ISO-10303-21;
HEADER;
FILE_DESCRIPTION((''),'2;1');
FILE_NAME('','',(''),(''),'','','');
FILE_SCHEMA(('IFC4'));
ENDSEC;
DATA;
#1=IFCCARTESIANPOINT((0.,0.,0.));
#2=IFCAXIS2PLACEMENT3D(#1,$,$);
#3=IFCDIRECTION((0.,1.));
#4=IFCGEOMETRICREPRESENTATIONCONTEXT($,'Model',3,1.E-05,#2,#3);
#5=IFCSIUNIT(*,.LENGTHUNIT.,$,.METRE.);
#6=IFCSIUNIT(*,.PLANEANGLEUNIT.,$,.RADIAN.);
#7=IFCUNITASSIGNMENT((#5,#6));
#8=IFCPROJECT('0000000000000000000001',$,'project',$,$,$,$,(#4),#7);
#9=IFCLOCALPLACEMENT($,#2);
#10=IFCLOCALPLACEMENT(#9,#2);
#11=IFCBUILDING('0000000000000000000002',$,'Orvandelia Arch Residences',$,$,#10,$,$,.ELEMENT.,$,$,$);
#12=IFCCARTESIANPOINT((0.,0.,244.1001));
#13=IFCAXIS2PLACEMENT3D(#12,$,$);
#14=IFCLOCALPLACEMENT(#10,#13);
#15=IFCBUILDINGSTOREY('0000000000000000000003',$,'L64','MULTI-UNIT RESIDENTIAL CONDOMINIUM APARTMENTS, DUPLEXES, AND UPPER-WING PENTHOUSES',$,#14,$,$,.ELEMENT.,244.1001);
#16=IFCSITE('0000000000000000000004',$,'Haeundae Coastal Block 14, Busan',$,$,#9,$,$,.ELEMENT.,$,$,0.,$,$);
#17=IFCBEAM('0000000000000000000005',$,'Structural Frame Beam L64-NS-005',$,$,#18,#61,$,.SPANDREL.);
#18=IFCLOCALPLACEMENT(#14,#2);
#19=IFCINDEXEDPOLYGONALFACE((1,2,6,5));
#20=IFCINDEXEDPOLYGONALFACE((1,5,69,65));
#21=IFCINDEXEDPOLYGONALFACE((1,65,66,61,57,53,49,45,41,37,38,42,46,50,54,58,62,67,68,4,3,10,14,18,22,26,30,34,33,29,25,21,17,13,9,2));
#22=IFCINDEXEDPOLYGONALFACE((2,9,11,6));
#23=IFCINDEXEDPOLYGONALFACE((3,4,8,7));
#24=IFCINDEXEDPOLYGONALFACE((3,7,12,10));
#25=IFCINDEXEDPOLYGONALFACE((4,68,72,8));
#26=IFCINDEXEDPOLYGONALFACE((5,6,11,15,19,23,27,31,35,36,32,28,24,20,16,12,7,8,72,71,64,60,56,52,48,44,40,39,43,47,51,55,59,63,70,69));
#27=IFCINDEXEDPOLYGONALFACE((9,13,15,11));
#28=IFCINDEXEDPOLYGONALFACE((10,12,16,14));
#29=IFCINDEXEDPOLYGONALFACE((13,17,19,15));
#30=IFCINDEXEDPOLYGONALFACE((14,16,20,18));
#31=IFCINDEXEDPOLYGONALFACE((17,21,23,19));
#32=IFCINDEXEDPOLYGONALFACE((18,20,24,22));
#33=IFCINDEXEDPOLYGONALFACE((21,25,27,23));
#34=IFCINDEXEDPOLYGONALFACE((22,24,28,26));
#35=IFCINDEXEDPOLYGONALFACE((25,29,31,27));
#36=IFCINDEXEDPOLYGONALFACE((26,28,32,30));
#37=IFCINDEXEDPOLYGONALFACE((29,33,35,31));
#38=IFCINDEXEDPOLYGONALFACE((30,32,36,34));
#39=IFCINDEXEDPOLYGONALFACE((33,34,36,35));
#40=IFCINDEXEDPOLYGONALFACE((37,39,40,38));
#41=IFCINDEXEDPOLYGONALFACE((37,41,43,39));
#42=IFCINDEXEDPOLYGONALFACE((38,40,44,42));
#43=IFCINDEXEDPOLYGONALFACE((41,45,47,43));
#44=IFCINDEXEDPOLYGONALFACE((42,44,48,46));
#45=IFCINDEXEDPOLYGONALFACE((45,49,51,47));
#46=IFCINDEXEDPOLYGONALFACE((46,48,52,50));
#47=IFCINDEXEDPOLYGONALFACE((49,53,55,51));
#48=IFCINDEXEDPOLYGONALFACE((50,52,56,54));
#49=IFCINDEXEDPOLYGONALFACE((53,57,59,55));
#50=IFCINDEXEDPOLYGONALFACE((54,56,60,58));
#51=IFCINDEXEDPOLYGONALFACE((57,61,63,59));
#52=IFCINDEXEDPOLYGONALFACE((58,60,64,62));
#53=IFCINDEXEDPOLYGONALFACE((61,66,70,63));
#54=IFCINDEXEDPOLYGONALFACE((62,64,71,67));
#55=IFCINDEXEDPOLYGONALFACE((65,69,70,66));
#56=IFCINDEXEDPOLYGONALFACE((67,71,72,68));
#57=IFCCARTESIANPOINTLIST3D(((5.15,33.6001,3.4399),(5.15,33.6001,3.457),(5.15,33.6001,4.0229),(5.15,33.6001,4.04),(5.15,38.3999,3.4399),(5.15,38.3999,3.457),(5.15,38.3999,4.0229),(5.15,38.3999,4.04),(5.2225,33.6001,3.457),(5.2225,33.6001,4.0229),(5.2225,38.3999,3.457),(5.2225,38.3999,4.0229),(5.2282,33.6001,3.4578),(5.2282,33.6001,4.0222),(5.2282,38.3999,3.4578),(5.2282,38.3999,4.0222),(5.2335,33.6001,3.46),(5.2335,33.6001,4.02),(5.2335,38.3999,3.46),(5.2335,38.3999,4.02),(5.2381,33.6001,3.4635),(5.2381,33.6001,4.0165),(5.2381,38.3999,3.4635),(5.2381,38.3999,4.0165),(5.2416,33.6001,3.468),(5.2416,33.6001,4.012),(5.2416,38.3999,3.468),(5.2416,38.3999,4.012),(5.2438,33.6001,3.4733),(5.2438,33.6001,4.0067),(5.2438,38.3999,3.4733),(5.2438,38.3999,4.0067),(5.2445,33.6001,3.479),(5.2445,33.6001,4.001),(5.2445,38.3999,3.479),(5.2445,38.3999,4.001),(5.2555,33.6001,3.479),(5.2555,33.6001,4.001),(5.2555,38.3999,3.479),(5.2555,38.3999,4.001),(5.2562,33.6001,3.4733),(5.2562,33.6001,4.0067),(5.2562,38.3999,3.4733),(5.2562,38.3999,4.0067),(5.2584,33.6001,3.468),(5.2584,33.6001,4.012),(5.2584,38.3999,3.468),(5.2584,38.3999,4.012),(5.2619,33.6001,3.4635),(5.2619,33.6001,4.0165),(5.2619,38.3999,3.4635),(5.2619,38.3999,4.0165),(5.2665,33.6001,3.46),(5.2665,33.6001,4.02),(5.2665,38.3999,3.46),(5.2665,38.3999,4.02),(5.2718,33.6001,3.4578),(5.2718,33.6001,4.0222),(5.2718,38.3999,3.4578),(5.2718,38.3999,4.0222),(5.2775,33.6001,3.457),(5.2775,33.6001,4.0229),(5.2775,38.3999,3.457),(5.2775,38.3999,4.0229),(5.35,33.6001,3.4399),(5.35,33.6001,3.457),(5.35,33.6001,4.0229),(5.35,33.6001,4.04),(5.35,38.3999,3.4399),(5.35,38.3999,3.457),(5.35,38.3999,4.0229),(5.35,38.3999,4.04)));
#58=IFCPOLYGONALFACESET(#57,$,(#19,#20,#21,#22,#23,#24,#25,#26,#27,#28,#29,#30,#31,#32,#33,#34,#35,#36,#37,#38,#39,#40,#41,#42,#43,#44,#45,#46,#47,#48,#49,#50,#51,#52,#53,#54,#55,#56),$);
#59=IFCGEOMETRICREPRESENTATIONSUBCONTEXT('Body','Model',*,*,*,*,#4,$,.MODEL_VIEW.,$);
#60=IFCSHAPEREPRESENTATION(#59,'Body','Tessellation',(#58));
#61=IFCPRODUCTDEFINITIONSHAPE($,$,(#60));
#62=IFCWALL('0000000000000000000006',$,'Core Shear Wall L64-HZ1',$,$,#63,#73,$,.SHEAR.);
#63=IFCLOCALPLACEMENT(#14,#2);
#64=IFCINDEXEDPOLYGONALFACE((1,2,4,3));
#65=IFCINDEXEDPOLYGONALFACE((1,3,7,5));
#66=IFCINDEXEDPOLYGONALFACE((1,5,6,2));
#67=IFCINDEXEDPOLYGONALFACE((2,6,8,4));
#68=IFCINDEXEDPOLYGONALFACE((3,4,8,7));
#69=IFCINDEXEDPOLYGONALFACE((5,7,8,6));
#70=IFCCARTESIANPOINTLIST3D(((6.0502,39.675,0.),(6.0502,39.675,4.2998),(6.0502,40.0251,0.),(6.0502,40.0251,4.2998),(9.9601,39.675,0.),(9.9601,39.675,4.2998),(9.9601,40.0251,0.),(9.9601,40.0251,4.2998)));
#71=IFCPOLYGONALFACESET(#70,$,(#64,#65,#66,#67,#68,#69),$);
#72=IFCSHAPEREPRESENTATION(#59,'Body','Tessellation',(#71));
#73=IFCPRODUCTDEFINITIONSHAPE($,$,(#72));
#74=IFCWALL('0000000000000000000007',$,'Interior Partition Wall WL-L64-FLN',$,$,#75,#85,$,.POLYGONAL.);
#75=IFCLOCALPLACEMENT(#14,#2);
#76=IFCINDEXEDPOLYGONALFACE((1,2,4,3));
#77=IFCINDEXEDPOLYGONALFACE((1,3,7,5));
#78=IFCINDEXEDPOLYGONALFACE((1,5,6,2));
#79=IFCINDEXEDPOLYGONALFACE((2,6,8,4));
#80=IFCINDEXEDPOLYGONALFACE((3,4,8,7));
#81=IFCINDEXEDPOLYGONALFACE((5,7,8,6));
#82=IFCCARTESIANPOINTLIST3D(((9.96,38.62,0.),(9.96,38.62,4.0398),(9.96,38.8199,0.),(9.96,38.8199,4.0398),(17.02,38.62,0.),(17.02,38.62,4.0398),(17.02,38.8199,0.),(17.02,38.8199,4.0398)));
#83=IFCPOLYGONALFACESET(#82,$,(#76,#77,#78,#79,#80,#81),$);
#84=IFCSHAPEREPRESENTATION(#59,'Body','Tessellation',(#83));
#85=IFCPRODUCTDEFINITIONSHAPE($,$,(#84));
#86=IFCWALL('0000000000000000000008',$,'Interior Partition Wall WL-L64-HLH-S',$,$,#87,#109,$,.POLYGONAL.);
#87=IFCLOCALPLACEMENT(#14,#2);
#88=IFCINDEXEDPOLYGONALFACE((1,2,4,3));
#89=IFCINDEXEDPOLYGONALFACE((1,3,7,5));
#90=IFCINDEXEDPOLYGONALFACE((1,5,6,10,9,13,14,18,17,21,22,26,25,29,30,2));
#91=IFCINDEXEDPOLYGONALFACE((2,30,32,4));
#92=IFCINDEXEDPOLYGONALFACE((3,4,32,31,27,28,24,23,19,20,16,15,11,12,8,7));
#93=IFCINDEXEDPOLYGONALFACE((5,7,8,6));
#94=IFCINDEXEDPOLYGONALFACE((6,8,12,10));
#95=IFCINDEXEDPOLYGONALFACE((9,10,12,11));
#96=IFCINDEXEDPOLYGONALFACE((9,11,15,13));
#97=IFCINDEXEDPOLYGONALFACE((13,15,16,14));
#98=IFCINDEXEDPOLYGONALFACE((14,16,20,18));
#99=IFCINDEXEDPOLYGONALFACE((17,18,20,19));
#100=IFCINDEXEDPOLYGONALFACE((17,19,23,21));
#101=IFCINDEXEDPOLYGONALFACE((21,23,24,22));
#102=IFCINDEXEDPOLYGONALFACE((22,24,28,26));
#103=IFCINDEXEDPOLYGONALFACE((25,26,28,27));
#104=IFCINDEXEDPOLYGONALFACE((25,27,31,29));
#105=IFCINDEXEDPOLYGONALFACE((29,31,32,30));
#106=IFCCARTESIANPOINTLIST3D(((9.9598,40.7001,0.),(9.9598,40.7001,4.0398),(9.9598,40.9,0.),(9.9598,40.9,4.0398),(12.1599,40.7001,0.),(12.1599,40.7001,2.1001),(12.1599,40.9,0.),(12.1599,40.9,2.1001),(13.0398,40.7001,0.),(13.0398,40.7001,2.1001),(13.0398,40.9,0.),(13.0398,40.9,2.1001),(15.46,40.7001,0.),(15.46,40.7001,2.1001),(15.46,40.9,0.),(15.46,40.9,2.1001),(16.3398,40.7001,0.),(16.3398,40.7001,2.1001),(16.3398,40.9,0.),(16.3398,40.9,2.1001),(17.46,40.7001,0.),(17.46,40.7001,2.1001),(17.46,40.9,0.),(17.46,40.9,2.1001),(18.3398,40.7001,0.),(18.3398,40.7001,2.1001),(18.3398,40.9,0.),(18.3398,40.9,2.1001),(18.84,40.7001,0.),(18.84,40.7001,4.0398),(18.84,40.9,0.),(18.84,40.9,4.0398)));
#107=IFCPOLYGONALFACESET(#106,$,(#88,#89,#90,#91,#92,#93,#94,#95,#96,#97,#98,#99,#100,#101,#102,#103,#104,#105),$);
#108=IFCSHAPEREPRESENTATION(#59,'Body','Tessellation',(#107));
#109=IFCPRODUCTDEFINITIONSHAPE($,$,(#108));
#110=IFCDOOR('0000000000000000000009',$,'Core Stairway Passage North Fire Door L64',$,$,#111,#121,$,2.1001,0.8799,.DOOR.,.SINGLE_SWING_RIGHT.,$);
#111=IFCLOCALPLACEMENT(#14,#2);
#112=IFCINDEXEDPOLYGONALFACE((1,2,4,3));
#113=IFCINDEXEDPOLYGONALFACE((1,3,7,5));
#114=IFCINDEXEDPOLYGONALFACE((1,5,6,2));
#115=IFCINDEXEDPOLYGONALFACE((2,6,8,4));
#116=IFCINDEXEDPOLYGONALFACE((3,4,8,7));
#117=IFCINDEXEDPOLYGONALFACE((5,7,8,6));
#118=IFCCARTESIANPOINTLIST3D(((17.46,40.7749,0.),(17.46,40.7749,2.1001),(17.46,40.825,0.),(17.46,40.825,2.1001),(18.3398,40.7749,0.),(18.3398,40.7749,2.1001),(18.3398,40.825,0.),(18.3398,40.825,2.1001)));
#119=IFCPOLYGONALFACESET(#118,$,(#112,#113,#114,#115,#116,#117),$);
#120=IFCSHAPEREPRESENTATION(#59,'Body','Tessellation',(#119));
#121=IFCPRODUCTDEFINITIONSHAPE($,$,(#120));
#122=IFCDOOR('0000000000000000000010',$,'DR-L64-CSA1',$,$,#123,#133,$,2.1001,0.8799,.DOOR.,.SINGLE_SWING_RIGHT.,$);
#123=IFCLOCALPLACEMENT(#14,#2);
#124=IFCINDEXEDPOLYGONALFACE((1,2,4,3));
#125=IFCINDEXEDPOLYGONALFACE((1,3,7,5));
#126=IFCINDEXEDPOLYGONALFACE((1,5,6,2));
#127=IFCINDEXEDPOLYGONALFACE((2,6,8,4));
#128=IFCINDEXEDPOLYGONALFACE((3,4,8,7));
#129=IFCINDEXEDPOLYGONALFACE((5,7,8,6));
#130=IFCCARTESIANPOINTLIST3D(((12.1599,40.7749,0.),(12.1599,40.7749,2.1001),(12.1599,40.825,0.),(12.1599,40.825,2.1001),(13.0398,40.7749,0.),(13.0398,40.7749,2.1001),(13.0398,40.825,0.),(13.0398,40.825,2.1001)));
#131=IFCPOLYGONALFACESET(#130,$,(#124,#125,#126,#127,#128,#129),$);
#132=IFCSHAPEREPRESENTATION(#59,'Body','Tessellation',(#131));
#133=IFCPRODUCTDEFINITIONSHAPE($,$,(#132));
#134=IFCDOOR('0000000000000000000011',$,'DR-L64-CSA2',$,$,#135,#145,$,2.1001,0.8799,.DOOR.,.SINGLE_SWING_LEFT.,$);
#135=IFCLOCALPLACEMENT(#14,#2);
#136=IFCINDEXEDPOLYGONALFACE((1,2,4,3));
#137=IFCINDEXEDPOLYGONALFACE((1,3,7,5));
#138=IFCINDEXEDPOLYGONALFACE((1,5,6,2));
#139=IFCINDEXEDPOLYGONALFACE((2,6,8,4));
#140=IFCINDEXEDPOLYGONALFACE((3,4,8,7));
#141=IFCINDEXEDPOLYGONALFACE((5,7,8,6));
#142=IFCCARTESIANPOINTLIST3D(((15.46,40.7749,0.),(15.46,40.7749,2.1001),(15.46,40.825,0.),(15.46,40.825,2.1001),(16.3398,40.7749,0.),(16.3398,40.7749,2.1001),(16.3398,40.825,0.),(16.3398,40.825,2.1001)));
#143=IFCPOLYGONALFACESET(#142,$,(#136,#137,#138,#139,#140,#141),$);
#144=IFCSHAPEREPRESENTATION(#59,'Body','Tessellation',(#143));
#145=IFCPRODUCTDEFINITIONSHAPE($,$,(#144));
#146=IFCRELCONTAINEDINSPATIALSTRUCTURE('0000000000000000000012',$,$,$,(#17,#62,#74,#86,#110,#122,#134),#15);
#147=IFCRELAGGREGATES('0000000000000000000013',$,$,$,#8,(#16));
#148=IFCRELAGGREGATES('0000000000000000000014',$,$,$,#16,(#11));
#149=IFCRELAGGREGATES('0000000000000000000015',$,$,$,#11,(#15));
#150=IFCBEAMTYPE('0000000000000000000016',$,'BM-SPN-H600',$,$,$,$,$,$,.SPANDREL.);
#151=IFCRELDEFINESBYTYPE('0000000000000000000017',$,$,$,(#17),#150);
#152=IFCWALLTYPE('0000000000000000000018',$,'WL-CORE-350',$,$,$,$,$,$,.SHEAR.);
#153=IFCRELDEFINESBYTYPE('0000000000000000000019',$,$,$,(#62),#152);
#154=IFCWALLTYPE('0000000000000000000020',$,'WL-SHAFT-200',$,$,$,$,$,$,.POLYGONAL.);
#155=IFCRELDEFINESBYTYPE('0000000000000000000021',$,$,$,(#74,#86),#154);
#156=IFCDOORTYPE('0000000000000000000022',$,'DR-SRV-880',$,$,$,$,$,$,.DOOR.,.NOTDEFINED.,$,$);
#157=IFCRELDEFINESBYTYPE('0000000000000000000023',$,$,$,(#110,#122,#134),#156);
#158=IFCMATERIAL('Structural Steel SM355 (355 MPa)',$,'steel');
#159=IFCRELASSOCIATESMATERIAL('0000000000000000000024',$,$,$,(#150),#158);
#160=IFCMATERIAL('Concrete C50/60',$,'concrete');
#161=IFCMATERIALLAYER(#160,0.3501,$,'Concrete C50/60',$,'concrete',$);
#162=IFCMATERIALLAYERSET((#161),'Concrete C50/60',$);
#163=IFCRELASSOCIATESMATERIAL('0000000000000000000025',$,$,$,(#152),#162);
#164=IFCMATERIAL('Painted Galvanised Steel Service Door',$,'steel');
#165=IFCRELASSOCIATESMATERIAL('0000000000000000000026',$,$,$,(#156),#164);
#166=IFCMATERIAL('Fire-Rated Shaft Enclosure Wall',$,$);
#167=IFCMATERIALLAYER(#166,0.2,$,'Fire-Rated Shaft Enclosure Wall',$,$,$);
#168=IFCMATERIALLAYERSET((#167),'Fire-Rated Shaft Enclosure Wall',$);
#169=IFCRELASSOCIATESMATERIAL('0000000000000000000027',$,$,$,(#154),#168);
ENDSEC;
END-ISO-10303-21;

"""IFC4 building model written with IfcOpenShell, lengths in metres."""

from ifc_helpers import new_model, si_unit, direction, frame, frame_2d, origin, origin_2d, place, context, subcontext, project, spatial, rectangle, i_section, extrude, material, layer, layer_set, material_profile, profile_set, type_object, element, fill, save


model = new_model("IFC4")

# Units and contexts
model_context = context("Model", 3, precision=1e-05, world=origin(), true_north=direction((0.0, 1.0)))
body_context = subcontext(model_context, "Body", "Model", "MODEL_VIEW")
ifc_project = project(units=[si_unit("LENGTHUNIT", "METRE"), si_unit("PLANEANGLEUNIT", "RADIAN")], contexts=[model_context])

# Site, building, storey
site_placement = place(None, origin())
site = spatial("IfcSite", under=ifc_project, at=site_placement, Name="Haeundae Coastal Block 14, Busan", CompositionType="ELEMENT", RefElevation=0.0)
building_placement = place(site_placement, origin())
building = spatial("IfcBuilding", under=site, at=building_placement, Name="Orvandelia Arch Residences", CompositionType="ELEMENT")
storey_placement = place(building_placement, frame((0.0, 0.0, 244.1001)))
storey = spatial("IfcBuildingStorey", under=building, at=storey_placement, Name="L64", Description="MULTI-UNIT RESIDENTIAL CONDOMINIUM APARTMENTS, DUPLEXES, AND UPPER-WING PENTHOUSES", CompositionType="ELEMENT", Elevation=244.1001)

# Beam
ifc_material_1 = material(Name="Structural Steel SM355 (355 MPa)", Category="steel")
ifc_material_profile_1 = material_profile(ifc_material_1, i_section(OverallWidth=0.2, OverallDepth=0.6001, WebThickness=0.011, FlangeThickness=0.0171, FilletRadius=0.022, at=origin_2d()), Name="Structural Steel SM355 (355 MPa)", Category="steel")
ifc_profile_set_1 = profile_set([ifc_material_profile_1], Name="Structural Steel SM355 (355 MPa)")
beam_type_1 = type_object("IfcBeamType", Name="BM-SPN-H600", PredefinedType="SPANDREL", material=ifc_profile_set_1)
beam_1_placement = place(storey_placement, frame((5.25, 33.6001, 3.74), z_axis=(0.0, 1.0, 0.0), x_axis=(-1.0, 0.0, 0.0)))
element("IfcBeam", 1, at=beam_1_placement, inside=storey, type_object=beam_type_1, Name="Structural Frame Beam L64-NS-005", PredefinedType="SPANDREL", context=body_context, shape_type="SweptSolid", body=[
    extrude(i_section(OverallWidth=0.2, OverallDepth=0.6001, WebThickness=0.011, FlangeThickness=0.0171, FilletRadius=0.022, at=origin_2d()), origin(), (0.0, 0.0, 1.0), 4.7998),
])

# Wall
ifc_material_2 = material(Name="Concrete C50/60", Category="concrete")
ifc_layer_1 = layer(ifc_material_2, 0.3501, Name="Concrete C50/60", Category="concrete")
ifc_layer_set_1 = layer_set([ifc_layer_1], Name="Concrete C50/60")
wall_type_1 = type_object("IfcWallType", Name="WL-CORE-350", PredefinedType="SHEAR", material=ifc_layer_set_1)
wall_1_placement = place(storey_placement, frame((6.05, 39.8501, 0.0), z_axis=(0.0, 0.0, 1.0), x_axis=(1.0, 0.0, 0.0)))
element("IfcWall", 2, at=wall_1_placement, inside=storey, type_object=wall_type_1, Name="Core Shear Wall L64-HZ1", PredefinedType="SHEAR", context=body_context, shape_type="SweptSolid", body=[
    extrude(rectangle(XDim=3.9099, YDim=0.3501, at=frame_2d((1.9551, 0.0))), origin(), (0.0, 0.0, 1.0), 4.2998),
])

# Shared definitions
ifc_material_3 = material(Name="Painted Galvanised Steel Service Door", Category="steel")
door_type_1 = type_object("IfcDoorType", Name="DR-SRV-880", OperationType="NOTDEFINED", PredefinedType="DOOR", material=ifc_material_3)

# Wall
ifc_material_4 = material(Name="Fire-Rated Shaft Enclosure Wall")
ifc_layer_2 = layer(ifc_material_4, 0.2, Name="Fire-Rated Shaft Enclosure Wall")
ifc_layer_set_2 = layer_set([ifc_layer_2], Name="Fire-Rated Shaft Enclosure Wall")
wall_type_2 = type_object("IfcWallType", Name="WL-SHAFT-200", PredefinedType="POLYGONAL", material=ifc_layer_set_2)
wall_2_placement = place(storey_placement, frame((9.96, 38.72, 0.0), z_axis=(0.0, 0.0, 1.0), x_axis=(1.0, 0.0, 0.0)))
element("IfcWall", 3, at=wall_2_placement, inside=storey, type_object=wall_type_2, Name="Interior Partition Wall WL-L64-FLN", PredefinedType="POLYGONAL", context=body_context, shape_type="SweptSolid", body=[
    extrude(rectangle(XDim=7.0601, YDim=0.2, at=frame_2d((3.53, 0.0))), origin(), (0.0, 0.0, 1.0), 4.0398),
])

# Wall, openings, doors
wall_3_placement = place(storey_placement, frame((9.96, 40.8, 0.0), z_axis=(0.0, 0.0, 1.0), x_axis=(1.0, 0.0, 0.0)))
wall_3 = element("IfcWall", 4, at=wall_3_placement, inside=storey, type_object=wall_type_2, Name="Interior Partition Wall WL-L64-HLH-S", PredefinedType="POLYGONAL", context=body_context, shape_type="SweptSolid", body=[
    extrude(rectangle(XDim=8.8801, YDim=0.2, at=frame_2d((4.4399, 0.0))), origin(), (0.0, 0.0, 1.0), 4.0398),
])
opening_1_placement = place(wall_3_placement, frame((7.5, 0.0, 0.0)))
opening_1 = element("IfcOpeningElement", 5, at=opening_1_placement, cuts=wall_3, PredefinedType="OPENING", context=body_context, shape_type="SweptSolid", body=[
    extrude(rectangle(XDim=0.8799, YDim=2.1001, at=frame_2d((0.4399, 1.05))), frame((0.0, 0.1099, 0.0), z_axis=(0.0, -1.0, 0.0), x_axis=(1.0, 0.0, 0.0)), (0.0, 0.0, 1.0), 0.22),
])
opening_2_placement = place(wall_3_placement, frame((2.2, 0.0, 0.0)))
opening_2 = element("IfcOpeningElement", 6, at=opening_2_placement, cuts=wall_3, PredefinedType="OPENING", context=body_context, shape_type="SweptSolid", body=[
    extrude(rectangle(XDim=0.8799, YDim=2.1001, at=frame_2d((0.4399, 1.05))), frame((0.0, 0.1099, 0.0), z_axis=(0.0, -1.0, 0.0), x_axis=(1.0, 0.0, 0.0)), (0.0, 0.0, 1.0), 0.22),
])
opening_3_placement = place(wall_3_placement, frame((5.5, 0.0, 0.0)))
opening_3 = element("IfcOpeningElement", 7, at=opening_3_placement, cuts=wall_3, PredefinedType="OPENING", context=body_context, shape_type="SweptSolid", body=[
    extrude(rectangle(XDim=0.8799, YDim=2.1001, at=frame_2d((0.4399, 1.05))), frame((0.0, 0.1099, 0.0), z_axis=(0.0, -1.0, 0.0), x_axis=(1.0, 0.0, 0.0)), (0.0, 0.0, 1.0), 0.22),
])
door_1_placement = place(opening_1_placement, origin())
door_1 = element("IfcDoor", 8, at=door_1_placement, inside=storey, type_object=door_type_1, Name="Core Stairway Passage North Fire Door L64", OperationType="SINGLE_SWING_RIGHT", OverallHeight=2.1001, OverallWidth=0.8799, PredefinedType="DOOR", context=body_context, shape_type="SweptSolid", body=[
    extrude(rectangle(XDim=0.8799, YDim=2.1001, at=frame_2d((0.4399, 1.05))), frame((0.0, 0.0249, 0.0), z_axis=(0.0, -1.0, 0.0), x_axis=(1.0, 0.0, 0.0)), (0.0, 0.0, 1.0), 0.05),
])
fill(opening_1, door_1)
door_2_placement = place(opening_2_placement, origin())
door_2 = element("IfcDoor", 9, at=door_2_placement, inside=storey, type_object=door_type_1, Name="DR-L64-CSA1", OperationType="SINGLE_SWING_RIGHT", OverallHeight=2.1001, OverallWidth=0.8799, PredefinedType="DOOR", context=body_context, shape_type="SweptSolid", body=[
    extrude(rectangle(XDim=0.8799, YDim=2.1001, at=frame_2d((0.4399, 1.05))), frame((0.0, 0.0249, 0.0), z_axis=(0.0, -1.0, 0.0), x_axis=(1.0, 0.0, 0.0)), (0.0, 0.0, 1.0), 0.05),
])
fill(opening_2, door_2)
door_3_placement = place(opening_3_placement, origin())
door_3 = element("IfcDoor", 10, at=door_3_placement, inside=storey, type_object=door_type_1, Name="DR-L64-CSA2", OperationType="SINGLE_SWING_LEFT", OverallHeight=2.1001, OverallWidth=0.8799, PredefinedType="DOOR", context=body_context, shape_type="SweptSolid", body=[
    extrude(rectangle(XDim=0.8799, YDim=2.1001, at=frame_2d((0.4399, 1.05))), frame((0.0, 0.0249, 0.0), z_axis=(0.0, -1.0, 0.0), x_axis=(1.0, 0.0, 0.0)), (0.0, 0.0, 1.0), 0.05),
])
fill(opening_3, door_3)

save(model, "model.ifc")
